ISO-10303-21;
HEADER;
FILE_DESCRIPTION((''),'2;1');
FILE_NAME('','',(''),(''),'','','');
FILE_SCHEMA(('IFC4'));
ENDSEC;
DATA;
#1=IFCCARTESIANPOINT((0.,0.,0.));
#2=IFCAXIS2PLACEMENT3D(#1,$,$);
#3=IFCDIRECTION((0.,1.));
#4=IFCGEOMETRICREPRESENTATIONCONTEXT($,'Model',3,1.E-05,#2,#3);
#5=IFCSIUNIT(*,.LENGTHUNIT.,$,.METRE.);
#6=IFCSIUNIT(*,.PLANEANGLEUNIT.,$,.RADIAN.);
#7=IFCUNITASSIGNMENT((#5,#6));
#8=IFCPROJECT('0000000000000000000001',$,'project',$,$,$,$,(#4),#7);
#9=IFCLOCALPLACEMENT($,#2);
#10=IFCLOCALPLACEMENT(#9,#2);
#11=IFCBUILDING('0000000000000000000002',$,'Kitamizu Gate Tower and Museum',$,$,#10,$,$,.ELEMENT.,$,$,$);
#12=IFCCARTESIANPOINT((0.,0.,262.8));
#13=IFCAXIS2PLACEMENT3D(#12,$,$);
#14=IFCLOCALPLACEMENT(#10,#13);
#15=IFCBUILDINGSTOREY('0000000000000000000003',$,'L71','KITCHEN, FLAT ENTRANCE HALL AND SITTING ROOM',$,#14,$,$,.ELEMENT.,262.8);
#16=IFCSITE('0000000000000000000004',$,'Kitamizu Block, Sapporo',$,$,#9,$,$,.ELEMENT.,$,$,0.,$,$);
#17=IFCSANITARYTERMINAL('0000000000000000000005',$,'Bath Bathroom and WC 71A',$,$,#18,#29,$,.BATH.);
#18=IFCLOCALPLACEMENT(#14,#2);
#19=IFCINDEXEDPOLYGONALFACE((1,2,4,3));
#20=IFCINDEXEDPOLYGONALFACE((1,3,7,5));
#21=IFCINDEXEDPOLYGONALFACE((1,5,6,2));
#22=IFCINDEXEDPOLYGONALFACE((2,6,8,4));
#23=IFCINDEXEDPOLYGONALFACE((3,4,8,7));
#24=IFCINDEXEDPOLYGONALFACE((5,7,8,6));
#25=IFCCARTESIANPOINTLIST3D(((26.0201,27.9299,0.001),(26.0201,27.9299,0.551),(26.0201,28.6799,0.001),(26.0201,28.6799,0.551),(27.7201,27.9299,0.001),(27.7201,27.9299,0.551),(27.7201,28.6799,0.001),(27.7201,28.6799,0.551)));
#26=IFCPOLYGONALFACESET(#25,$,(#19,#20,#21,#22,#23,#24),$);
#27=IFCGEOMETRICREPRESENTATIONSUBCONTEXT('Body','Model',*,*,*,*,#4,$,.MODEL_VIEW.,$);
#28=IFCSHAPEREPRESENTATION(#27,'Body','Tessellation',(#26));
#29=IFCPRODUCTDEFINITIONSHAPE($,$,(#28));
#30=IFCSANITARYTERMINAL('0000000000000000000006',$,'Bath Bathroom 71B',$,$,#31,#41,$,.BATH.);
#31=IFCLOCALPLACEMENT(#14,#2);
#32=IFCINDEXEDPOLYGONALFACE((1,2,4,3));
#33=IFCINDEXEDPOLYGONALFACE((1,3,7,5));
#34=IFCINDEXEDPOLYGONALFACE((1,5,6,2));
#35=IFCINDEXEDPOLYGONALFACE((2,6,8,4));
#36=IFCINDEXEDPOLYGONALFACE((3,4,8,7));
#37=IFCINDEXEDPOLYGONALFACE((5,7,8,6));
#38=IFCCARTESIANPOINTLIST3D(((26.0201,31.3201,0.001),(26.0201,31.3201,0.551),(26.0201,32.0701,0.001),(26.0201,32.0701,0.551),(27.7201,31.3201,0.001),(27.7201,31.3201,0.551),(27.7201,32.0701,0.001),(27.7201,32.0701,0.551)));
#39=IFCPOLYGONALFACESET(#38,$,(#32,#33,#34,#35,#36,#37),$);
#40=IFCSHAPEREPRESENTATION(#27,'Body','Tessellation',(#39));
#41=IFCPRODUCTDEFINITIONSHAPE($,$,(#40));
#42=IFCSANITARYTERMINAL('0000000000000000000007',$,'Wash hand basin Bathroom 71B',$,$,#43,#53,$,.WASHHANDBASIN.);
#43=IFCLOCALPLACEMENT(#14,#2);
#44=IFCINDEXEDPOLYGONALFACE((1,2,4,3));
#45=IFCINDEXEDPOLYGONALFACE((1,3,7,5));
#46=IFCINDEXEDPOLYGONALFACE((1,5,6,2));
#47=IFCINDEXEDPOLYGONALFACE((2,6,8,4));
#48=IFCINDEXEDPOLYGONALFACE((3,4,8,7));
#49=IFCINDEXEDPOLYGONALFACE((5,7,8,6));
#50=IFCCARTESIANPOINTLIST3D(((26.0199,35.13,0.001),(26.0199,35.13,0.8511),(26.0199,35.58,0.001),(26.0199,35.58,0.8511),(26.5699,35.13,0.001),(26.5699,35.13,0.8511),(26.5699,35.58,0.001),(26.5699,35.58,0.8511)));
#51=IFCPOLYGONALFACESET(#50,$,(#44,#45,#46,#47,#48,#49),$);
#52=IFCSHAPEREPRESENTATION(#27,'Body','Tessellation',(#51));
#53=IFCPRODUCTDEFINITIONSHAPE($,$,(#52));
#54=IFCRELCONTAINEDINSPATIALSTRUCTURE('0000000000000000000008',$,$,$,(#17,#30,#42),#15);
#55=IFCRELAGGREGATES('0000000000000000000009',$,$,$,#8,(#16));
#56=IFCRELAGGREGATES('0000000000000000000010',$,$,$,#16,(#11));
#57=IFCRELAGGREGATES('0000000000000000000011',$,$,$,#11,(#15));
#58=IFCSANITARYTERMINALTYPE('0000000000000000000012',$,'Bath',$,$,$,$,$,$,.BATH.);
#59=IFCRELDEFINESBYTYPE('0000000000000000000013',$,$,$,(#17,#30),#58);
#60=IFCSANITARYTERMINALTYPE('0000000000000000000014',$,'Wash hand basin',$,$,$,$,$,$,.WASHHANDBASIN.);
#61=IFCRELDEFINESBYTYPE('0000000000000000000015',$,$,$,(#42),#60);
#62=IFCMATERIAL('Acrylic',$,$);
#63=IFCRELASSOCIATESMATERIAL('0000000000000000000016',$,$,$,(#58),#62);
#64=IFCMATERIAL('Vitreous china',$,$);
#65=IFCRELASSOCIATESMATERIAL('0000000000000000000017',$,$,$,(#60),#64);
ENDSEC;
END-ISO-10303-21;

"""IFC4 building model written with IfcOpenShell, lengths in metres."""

from ifc_helpers import new_model, si_unit, direction, frame, origin, origin_2d, place, context, subcontext, project, spatial, rectangle, extrude, material, type_object, element, save


model = new_model("IFC4")

# Units and contexts
model_context = context("Model", 3, precision=1e-05, world=origin(), true_north=direction((0.0, 1.0)))
body_context = subcontext(model_context, "Body", "Model", "MODEL_VIEW")
ifc_project = project(units=[si_unit("LENGTHUNIT", "METRE"), si_unit("PLANEANGLEUNIT", "RADIAN")], contexts=[model_context])

# Site, building, storey
site_placement = place(None, origin())
site = spatial("IfcSite", under=ifc_project, at=site_placement, Name="Kitamizu Block, Sapporo", CompositionType="ELEMENT", RefElevation=0.0)
building_placement = place(site_placement, origin())
building = spatial("IfcBuilding", under=site, at=building_placement, Name="Kitamizu Gate Tower and Museum", CompositionType="ELEMENT")
storey_placement = place(building_placement, frame((0.0, 0.0, 262.8)))
storey = spatial("IfcBuildingStorey", under=building, at=storey_placement, Name="L71", Description="KITCHEN, FLAT ENTRANCE HALL AND SITTING ROOM", CompositionType="ELEMENT", Elevation=262.8)

# Sanitary terminals
ifc_material_1 = material(Name="Acrylic")
sanitary_terminal_type_1 = type_object("IfcSanitaryTerminalType", Name="Bath", PredefinedType="BATH", material=ifc_material_1)
for number, where, z_axis, x_axis, name in (
    (1, (26.8701, 28.3049, 0.001), (0.0, 0.0, 1.0), (1.0, 0.0, 0.0), "Bath Bathroom and WC 71A"),
    (2, (26.8701, 31.6951, 0.001), (0.0, 0.0, 1.0), (1.0, 0.0, 0.0), "Bath Bathroom 71B"),
):
    element("IfcSanitaryTerminal", number, at=place(storey_placement, frame(where, z_axis=z_axis, x_axis=x_axis)), inside=storey, type_object=sanitary_terminal_type_1, Name=name, PredefinedType="BATH", context=body_context, shape_type="SweptSolid", body=[
        extrude(rectangle(XDim=1.7, YDim=0.75, at=origin_2d()), origin(), (0.0, 0.0, 1.0), 0.55),
    ])
ifc_material_2 = material(Name="Vitreous china")
sanitary_terminal_type_2 = type_object("IfcSanitaryTerminalType", Name="Wash hand basin", PredefinedType="WASHHANDBASIN", material=ifc_material_2)
sanitary_terminal_placement = place(storey_placement, frame((26.2949, 35.355, 0.001), z_axis=(0.0, 0.0, 1.0), x_axis=(1.0, 0.0, 0.0)))
element("IfcSanitaryTerminal", 3, at=sanitary_terminal_placement, inside=storey, type_object=sanitary_terminal_type_2, Name="Wash hand basin Bathroom 71B", PredefinedType="WASHHANDBASIN", context=body_context, shape_type="SweptSolid", body=[
    extrude(rectangle(XDim=0.55, YDim=0.45, at=origin_2d()), origin(), (0.0, 0.0, 1.0), 0.8501),
])

save(model, "model.ifc")
